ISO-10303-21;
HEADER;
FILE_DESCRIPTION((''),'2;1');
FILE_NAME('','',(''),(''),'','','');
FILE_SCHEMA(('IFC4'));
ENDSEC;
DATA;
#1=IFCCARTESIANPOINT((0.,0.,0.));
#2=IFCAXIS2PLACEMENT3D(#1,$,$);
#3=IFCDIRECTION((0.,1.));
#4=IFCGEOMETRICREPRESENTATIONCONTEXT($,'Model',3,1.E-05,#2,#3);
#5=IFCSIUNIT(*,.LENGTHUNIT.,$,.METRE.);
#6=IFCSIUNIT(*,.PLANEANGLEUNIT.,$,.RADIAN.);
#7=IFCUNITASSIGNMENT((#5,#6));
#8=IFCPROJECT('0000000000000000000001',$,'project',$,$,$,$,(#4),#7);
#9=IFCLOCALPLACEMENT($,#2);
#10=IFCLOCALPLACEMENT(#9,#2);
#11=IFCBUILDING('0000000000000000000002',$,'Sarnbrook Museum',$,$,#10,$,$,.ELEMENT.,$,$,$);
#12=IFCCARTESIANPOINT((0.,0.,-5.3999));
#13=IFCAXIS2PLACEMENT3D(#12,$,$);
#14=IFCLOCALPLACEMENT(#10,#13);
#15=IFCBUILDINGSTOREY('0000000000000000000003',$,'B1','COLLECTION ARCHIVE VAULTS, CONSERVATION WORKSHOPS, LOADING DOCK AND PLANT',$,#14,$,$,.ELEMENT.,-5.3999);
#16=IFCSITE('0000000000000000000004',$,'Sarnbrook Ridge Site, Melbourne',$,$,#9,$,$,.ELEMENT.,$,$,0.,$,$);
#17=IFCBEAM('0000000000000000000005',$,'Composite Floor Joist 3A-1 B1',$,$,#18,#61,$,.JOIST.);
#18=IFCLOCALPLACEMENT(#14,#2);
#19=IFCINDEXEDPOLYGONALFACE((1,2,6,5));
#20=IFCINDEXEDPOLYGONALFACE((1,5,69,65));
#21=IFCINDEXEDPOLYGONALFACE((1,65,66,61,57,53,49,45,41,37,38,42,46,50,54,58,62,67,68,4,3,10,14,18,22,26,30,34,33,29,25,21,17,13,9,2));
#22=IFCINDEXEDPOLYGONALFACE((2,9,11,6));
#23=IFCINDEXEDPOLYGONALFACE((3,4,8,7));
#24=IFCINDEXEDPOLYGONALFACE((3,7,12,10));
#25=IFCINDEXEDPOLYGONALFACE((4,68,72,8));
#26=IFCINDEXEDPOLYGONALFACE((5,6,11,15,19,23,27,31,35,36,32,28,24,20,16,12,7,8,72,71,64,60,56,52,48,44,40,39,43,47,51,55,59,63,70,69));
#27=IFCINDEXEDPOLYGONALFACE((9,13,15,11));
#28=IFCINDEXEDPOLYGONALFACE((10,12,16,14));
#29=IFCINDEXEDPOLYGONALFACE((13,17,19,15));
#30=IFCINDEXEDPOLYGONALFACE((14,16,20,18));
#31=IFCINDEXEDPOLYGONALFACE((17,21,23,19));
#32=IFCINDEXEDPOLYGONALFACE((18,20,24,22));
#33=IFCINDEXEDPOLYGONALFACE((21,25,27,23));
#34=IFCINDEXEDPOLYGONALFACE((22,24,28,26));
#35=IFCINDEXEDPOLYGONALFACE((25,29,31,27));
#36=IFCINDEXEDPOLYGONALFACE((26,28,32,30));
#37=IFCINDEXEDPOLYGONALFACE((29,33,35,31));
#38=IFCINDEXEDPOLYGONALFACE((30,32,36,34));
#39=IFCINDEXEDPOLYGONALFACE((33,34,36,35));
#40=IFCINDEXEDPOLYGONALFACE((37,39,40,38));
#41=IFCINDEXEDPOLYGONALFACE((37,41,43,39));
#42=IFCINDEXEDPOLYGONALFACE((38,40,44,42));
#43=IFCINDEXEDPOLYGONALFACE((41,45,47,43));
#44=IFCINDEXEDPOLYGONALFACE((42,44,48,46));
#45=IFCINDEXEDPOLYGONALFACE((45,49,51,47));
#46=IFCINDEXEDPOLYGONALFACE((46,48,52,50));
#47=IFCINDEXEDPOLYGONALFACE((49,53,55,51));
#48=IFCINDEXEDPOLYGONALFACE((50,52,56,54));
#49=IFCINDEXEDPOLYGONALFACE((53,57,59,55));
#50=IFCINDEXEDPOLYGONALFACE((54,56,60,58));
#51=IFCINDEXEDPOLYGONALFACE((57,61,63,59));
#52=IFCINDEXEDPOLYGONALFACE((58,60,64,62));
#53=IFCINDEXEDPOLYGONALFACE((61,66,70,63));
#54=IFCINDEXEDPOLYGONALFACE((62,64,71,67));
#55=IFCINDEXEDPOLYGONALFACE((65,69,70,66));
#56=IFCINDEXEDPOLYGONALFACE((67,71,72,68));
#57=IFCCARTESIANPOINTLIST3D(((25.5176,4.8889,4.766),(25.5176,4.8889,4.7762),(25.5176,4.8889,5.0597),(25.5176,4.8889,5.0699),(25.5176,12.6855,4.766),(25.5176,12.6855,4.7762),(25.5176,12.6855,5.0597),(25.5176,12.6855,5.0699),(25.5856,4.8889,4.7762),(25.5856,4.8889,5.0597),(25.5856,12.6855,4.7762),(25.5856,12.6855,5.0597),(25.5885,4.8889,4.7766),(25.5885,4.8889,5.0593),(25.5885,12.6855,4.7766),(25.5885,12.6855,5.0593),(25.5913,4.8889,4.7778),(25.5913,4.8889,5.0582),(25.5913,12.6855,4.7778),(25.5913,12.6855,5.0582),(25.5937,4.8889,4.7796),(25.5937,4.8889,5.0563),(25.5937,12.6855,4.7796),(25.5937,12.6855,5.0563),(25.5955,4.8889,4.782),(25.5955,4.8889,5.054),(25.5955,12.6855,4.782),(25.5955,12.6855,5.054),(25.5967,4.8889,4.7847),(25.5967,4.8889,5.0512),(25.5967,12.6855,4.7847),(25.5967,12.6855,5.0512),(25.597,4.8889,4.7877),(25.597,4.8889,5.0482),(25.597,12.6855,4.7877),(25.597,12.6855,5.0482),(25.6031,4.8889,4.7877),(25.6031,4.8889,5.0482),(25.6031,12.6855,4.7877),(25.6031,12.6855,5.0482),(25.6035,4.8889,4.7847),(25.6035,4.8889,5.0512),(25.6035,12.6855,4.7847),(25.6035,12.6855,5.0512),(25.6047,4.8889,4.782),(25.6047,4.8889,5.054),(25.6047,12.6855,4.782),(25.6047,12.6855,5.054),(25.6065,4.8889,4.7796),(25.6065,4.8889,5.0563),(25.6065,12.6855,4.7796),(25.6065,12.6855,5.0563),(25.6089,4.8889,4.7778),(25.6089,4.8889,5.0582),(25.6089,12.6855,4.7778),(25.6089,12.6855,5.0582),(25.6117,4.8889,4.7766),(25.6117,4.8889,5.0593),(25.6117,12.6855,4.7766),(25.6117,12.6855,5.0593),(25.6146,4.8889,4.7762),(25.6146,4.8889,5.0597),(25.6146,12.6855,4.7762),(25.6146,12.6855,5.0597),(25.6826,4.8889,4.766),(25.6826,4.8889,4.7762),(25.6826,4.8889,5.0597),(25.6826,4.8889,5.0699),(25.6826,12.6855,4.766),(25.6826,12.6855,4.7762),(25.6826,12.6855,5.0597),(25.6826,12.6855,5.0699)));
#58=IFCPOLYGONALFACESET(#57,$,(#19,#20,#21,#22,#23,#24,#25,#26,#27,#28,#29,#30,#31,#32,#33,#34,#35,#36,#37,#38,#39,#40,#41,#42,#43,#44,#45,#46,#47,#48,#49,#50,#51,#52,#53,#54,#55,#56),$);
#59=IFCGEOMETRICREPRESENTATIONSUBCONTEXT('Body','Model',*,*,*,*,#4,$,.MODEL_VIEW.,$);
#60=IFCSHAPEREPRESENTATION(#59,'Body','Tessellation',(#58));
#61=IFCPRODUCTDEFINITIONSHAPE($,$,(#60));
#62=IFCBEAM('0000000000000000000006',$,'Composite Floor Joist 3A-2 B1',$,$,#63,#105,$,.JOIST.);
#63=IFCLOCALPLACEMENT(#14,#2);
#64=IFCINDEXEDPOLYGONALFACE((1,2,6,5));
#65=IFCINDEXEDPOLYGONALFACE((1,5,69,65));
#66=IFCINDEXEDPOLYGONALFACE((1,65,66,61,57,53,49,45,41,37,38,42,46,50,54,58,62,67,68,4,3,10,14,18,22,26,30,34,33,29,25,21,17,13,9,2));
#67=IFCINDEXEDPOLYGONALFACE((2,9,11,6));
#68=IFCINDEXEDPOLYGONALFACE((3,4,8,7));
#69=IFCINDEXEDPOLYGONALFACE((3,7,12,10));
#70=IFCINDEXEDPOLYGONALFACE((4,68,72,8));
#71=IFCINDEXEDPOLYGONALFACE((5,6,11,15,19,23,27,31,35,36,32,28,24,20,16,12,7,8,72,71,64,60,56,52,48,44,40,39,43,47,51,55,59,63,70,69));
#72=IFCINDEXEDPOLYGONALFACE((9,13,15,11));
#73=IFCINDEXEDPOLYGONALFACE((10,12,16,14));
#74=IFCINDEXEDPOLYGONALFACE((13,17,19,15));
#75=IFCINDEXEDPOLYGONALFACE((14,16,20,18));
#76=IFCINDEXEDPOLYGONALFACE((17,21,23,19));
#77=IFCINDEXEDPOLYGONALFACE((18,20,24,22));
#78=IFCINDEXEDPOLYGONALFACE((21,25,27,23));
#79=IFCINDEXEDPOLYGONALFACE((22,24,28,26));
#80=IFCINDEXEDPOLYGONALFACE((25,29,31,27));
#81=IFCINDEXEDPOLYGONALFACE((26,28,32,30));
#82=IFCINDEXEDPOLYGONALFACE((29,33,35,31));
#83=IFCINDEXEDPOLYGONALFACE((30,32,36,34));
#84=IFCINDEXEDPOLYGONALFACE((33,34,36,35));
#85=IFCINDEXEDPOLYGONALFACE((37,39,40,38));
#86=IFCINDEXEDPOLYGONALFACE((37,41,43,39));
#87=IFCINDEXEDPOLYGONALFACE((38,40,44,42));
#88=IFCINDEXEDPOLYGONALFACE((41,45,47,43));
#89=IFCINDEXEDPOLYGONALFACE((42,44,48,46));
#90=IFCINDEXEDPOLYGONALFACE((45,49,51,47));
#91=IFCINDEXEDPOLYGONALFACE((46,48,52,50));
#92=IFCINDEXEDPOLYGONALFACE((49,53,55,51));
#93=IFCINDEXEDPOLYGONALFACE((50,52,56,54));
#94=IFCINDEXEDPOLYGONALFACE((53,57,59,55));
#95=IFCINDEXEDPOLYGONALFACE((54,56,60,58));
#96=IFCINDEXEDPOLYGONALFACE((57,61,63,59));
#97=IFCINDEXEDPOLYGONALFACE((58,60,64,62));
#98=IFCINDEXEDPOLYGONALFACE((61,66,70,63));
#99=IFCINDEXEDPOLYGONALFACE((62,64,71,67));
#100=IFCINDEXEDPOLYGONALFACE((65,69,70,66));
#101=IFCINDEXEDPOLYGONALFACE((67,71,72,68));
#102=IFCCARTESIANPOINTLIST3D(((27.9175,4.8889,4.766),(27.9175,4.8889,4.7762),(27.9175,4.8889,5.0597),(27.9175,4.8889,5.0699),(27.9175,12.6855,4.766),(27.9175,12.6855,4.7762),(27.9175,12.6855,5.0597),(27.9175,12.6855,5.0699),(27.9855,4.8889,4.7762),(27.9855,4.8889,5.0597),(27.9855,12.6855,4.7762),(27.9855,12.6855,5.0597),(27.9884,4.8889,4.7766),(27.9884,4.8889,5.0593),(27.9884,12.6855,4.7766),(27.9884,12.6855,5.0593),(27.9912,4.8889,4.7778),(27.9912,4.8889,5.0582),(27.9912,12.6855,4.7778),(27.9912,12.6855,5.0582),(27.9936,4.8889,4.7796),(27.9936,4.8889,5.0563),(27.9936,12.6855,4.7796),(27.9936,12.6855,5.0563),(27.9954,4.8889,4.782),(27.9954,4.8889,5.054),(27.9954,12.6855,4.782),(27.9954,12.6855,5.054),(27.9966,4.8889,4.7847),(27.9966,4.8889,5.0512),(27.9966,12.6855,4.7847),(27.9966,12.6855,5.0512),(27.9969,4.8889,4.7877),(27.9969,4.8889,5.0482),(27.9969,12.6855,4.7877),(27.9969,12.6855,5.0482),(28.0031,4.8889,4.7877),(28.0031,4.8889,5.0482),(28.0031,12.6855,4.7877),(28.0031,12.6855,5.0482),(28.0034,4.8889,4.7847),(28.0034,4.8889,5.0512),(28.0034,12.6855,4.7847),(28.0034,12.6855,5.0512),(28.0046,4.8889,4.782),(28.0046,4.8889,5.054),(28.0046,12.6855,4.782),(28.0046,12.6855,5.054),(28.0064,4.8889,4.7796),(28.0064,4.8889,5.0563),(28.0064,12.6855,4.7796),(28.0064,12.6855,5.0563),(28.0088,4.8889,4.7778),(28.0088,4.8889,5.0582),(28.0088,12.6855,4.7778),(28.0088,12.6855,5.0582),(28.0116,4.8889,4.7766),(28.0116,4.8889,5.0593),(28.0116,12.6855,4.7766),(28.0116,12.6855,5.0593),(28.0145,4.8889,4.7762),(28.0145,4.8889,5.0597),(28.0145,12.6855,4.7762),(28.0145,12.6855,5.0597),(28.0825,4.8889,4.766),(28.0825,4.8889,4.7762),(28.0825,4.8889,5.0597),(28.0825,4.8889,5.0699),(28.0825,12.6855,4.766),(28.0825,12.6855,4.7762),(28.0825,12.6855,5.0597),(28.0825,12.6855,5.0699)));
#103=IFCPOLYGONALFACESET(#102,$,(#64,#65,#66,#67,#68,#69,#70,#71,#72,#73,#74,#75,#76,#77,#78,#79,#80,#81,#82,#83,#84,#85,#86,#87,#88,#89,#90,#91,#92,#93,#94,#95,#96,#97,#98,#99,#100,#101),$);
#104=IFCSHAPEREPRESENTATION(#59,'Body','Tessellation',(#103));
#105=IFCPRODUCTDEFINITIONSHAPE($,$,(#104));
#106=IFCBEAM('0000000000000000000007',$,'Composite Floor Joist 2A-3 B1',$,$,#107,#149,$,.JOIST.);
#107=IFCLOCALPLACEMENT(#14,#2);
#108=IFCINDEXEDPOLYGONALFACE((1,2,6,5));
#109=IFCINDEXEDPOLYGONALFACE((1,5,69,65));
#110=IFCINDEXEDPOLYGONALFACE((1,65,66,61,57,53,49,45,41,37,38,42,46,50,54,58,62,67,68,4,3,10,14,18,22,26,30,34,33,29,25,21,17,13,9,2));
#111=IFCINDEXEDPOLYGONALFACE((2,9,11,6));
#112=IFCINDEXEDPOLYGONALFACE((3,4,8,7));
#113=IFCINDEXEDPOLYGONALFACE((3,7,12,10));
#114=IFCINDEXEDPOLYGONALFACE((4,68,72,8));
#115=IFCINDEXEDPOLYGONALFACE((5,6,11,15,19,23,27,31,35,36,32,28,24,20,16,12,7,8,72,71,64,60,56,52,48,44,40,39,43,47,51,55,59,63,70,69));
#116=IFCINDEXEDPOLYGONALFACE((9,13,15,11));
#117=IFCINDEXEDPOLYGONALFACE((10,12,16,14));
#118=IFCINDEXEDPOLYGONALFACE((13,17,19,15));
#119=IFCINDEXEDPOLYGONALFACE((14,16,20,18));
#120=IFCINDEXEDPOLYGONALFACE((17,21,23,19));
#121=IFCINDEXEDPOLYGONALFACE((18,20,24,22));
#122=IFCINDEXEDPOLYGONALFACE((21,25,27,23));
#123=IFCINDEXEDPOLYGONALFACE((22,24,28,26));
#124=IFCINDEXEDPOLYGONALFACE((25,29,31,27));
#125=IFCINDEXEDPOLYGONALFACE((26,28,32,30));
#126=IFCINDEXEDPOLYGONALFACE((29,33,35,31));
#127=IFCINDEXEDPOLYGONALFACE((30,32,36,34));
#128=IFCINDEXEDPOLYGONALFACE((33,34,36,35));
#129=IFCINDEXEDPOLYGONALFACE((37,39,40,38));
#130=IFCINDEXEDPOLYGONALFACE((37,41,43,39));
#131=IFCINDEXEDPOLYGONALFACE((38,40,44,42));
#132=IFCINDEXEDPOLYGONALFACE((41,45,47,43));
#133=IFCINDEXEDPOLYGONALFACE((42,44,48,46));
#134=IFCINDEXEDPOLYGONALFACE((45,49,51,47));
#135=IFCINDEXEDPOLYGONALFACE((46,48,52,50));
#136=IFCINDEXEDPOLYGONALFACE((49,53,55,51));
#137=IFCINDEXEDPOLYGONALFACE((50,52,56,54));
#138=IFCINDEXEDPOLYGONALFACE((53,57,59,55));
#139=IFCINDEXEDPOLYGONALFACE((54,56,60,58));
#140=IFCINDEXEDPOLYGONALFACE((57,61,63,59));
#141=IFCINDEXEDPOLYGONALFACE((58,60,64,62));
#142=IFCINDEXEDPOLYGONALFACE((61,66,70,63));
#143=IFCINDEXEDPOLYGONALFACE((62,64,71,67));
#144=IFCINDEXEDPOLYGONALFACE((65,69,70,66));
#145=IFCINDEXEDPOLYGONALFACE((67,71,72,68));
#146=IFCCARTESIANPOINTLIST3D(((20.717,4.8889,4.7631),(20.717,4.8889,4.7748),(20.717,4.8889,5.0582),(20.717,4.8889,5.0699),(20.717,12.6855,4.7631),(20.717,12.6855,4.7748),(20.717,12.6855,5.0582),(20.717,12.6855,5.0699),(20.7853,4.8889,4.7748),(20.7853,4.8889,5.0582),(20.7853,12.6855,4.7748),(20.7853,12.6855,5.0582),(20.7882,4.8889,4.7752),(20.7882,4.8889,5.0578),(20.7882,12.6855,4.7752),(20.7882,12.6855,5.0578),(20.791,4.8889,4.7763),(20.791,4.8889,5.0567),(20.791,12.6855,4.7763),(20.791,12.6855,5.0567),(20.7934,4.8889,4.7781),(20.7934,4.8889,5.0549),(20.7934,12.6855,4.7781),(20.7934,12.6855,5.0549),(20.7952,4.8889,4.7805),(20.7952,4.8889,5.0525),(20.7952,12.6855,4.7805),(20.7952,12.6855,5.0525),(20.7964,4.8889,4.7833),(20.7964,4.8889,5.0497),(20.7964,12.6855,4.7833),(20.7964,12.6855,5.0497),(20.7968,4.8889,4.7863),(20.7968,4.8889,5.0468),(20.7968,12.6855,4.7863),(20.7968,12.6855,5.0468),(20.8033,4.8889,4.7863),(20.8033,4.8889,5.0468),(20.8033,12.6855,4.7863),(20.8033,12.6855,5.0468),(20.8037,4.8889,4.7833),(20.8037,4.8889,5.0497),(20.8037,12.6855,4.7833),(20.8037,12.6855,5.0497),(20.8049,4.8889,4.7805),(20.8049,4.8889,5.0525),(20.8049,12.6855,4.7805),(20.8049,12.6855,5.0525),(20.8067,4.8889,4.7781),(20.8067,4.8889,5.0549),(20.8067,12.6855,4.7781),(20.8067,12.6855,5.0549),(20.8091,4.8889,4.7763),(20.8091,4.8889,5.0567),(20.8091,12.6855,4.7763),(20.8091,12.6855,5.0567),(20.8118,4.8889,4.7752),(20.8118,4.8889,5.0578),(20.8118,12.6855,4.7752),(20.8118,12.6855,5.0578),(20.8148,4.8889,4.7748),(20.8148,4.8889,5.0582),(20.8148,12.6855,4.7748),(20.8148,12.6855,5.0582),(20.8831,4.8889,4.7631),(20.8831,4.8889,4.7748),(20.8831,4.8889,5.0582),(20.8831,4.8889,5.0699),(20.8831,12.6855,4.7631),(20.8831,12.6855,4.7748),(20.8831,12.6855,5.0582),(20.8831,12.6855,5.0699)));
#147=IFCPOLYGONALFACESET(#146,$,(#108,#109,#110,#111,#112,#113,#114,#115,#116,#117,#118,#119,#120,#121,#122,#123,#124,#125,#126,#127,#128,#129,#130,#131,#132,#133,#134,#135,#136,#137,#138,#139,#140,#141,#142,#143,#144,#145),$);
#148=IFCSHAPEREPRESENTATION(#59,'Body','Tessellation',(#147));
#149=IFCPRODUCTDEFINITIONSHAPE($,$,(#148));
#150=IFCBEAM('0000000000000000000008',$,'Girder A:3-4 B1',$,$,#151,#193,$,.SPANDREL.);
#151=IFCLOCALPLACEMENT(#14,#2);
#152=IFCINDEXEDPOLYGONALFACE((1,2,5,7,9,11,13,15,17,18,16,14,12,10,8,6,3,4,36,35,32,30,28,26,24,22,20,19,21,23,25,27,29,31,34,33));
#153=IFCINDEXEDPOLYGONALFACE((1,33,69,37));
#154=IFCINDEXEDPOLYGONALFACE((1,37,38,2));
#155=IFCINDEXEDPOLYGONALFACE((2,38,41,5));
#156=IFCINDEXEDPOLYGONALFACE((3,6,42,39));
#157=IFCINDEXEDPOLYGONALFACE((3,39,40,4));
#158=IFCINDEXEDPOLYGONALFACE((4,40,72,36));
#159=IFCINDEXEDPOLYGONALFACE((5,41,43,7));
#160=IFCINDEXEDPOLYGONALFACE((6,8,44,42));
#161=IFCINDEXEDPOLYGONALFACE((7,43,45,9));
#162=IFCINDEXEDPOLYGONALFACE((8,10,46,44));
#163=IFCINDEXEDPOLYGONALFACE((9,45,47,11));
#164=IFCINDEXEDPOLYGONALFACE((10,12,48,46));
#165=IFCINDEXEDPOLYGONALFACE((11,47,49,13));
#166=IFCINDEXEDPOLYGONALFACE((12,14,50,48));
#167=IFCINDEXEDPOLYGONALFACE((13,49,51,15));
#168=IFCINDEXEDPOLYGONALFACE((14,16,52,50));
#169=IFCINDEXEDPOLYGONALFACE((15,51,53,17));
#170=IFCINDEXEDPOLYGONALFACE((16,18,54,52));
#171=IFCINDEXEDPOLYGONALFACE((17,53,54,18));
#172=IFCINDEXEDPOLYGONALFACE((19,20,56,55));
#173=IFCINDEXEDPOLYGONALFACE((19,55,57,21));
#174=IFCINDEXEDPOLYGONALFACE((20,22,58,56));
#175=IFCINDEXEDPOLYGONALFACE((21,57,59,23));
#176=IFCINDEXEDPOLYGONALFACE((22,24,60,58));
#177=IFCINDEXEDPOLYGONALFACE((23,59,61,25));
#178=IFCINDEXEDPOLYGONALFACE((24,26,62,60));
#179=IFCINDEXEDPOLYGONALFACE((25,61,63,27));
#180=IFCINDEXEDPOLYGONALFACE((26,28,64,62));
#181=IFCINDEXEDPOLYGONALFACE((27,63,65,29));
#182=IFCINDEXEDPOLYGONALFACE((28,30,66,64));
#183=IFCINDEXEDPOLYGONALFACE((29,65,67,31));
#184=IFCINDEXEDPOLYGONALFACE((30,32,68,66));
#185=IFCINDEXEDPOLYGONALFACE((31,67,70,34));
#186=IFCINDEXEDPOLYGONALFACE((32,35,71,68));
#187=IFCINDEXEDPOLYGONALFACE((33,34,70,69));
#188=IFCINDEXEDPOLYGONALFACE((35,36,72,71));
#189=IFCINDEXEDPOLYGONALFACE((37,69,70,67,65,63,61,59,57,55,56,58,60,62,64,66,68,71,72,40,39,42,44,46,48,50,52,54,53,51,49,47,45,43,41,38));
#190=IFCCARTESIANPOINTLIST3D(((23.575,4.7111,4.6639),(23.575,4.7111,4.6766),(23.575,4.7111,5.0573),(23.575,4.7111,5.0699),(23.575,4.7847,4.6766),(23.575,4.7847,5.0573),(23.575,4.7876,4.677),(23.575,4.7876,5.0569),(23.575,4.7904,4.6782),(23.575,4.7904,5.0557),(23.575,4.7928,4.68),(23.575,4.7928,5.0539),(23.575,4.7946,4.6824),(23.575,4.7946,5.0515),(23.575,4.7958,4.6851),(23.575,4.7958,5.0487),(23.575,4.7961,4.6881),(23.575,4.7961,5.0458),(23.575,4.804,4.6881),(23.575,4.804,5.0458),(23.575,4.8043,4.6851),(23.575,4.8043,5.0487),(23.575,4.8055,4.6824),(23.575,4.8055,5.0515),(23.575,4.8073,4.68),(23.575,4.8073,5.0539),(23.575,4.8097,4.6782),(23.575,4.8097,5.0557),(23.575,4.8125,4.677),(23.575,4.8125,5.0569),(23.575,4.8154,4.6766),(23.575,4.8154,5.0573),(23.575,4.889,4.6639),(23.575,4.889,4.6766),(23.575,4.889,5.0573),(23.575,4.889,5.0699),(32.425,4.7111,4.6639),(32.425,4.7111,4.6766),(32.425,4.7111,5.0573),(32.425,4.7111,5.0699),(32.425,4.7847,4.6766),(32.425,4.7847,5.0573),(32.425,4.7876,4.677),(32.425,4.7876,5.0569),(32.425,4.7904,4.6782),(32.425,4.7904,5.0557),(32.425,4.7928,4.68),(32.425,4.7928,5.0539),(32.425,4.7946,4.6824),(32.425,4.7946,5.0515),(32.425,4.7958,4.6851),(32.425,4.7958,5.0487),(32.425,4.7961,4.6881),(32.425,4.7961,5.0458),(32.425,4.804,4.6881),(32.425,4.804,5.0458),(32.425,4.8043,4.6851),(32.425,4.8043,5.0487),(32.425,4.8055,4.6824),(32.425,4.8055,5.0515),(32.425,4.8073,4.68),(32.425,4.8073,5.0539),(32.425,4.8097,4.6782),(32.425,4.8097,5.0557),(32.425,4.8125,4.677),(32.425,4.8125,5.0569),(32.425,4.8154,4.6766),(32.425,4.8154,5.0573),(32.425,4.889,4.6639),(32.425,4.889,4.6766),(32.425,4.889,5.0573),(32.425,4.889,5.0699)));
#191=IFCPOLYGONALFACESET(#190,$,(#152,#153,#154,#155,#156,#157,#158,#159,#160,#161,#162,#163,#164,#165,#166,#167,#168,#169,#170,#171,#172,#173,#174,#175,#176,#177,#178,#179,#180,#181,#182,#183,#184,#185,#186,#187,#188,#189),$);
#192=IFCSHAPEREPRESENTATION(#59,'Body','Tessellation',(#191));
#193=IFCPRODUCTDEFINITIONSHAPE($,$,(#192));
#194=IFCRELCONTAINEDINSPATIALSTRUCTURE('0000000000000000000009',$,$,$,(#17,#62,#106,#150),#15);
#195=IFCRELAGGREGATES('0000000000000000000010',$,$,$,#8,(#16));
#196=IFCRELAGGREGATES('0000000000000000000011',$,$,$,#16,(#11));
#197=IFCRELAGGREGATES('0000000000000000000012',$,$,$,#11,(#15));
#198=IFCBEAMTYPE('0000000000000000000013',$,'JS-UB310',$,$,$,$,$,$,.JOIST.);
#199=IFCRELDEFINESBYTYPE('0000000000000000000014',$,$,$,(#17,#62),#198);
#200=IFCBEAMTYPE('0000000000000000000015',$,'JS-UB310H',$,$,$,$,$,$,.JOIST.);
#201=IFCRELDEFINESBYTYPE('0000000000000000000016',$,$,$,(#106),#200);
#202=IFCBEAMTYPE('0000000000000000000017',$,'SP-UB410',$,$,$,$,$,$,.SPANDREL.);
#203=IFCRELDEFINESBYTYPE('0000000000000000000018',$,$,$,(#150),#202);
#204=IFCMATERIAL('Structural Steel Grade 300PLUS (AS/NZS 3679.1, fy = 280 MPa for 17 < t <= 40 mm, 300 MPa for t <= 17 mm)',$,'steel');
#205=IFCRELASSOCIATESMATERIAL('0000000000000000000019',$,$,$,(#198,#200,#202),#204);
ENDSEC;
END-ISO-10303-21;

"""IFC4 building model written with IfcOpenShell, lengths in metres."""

from ifc_helpers import new_model, si_unit, direction, frame, origin, origin_2d, place, context, subcontext, project, spatial, i_section, extrude, material, material_profile, profile_set, type_object, element, save


model = new_model("IFC4")

# Units and contexts
model_context = context("Model", 3, precision=1e-05, world=origin(), true_north=direction((0.0, 1.0)))
body_context = subcontext(model_context, "Body", "Model", "MODEL_VIEW")
ifc_project = project(units=[si_unit("LENGTHUNIT", "METRE"), si_unit("PLANEANGLEUNIT", "RADIAN")], contexts=[model_context])

# Site, building, storey
site_placement = place(None, origin())
site = spatial("IfcSite", under=ifc_project, at=site_placement, Name="Sarnbrook Ridge Site, Melbourne", CompositionType="ELEMENT", RefElevation=0.0)
building_placement = place(site_placement, origin())
building = spatial("IfcBuilding", under=site, at=building_placement, Name="Sarnbrook Museum", CompositionType="ELEMENT")
storey_placement = place(building_placement, frame((0.0, 0.0, -5.3999)))
storey = spatial("IfcBuildingStorey", under=building, at=storey_placement, Name="B1", Description="COLLECTION ARCHIVE VAULTS, CONSERVATION WORKSHOPS, LOADING DOCK AND PLANT", CompositionType="ELEMENT", Elevation=-5.3999)

# Beams
ifc_material_1 = material(Name="Structural Steel Grade 300PLUS (AS/NZS 3679.1, fy = 280 MPa for 17 < t <= 40 mm, 300 MPa for t <= 17 mm)", Category="steel")
ifc_material_profile_1 = material_profile(ifc_material_1, i_section(OverallWidth=0.165, OverallDepth=0.304, WebThickness=0.0061, FlangeThickness=0.0103, FilletRadius=0.0115, at=origin_2d()), Name="310UB40.4")
ifc_profile_set_1 = profile_set([ifc_material_profile_1], Name="Structural Steel Grade 300PLUS (AS/NZS 3679.1, fy = 280 MPa for 17 < t <= 40 mm, 300 MPa for t <= 17 mm)")
beam_type_1 = type_object("IfcBeamType", Name="JS-UB310", PredefinedType="JOIST", material=ifc_profile_set_1)
for number, where, z_axis, x_axis, name in (
    (1, (25.6001, 4.8889, 4.918), (0.0, 1.0, 0.0), (-1.0, 0.0, 0.0), "Composite Floor Joist 3A-1 B1"),
    (2, (28.0, 4.8889, 4.918), (0.0, 1.0, 0.0), (-1.0, 0.0, 0.0), "Composite Floor Joist 3A-2 B1"),
):
    element("IfcBeam", number, at=place(storey_placement, frame(where, z_axis=z_axis, x_axis=x_axis)), inside=storey, type_object=beam_type_1, Name=name, PredefinedType="JOIST", context=body_context, shape_type="SweptSolid", body=[
        extrude(i_section(OverallWidth=0.165, OverallDepth=0.304, WebThickness=0.0061, FlangeThickness=0.0103, FilletRadius=0.0115, at=origin_2d()), origin(), (0.0, 0.0, 1.0), 7.7966),
    ])
ifc_material_profile_2 = material_profile(ifc_material_1, i_section(OverallWidth=0.166, OverallDepth=0.3069, WebThickness=0.0066, FlangeThickness=0.0117, FilletRadius=0.0115, at=origin_2d()), Name="310UB46.2")
ifc_profile_set_2 = profile_set([ifc_material_profile_2], Name="Structural Steel Grade 300PLUS (AS/NZS 3679.1, fy = 280 MPa for 17 < t <= 40 mm, 300 MPa for t <= 17 mm)")
beam_type_2 = type_object("IfcBeamType", Name="JS-UB310H", PredefinedType="JOIST", material=ifc_profile_set_2)
beam_1_placement = place(storey_placement, frame((20.8, 4.8889, 4.9165), z_axis=(0.0, 1.0, 0.0), x_axis=(-1.0, 0.0, 0.0)))
element("IfcBeam", 3, at=beam_1_placement, inside=storey, type_object=beam_type_2, Name="Composite Floor Joist 2A-3 B1", PredefinedType="JOIST", context=body_context, shape_type="SweptSolid", body=[
    extrude(i_section(OverallWidth=0.166, OverallDepth=0.3069, WebThickness=0.0066, FlangeThickness=0.0117, FilletRadius=0.0115, at=origin_2d()), origin(), (0.0, 0.0, 1.0), 7.7966),
])
ifc_material_profile_3 = material_profile(ifc_material_1, i_section(OverallWidth=0.178, OverallDepth=0.406, WebThickness=0.0078, FlangeThickness=0.0127, FilletRadius=0.0115, at=origin_2d()), Name="410UB59.7")
ifc_profile_set_3 = profile_set([ifc_material_profile_3], Name="Structural Steel Grade 300PLUS (AS/NZS 3679.1, fy = 280 MPa for 17 < t <= 40 mm, 300 MPa for t <= 17 mm)")
beam_type_3 = type_object("IfcBeamType", Name="SP-UB410", PredefinedType="SPANDREL", material=ifc_profile_set_3)
beam_2_placement = place(storey_placement, frame((23.575, 4.8, 4.8669), z_axis=(1.0, 0.0, 0.0), x_axis=(0.0, 1.0, 0.0)))
element("IfcBeam", 4, at=beam_2_placement, inside=storey, type_object=beam_type_3, Name="Girder A:3-4 B1", PredefinedType="SPANDREL", context=body_context, shape_type="SweptSolid", body=[
    extrude(i_section(OverallWidth=0.178, OverallDepth=0.406, WebThickness=0.0078, FlangeThickness=0.0127, FilletRadius=0.0115, at=origin_2d()), origin(), (0.0, 0.0, 1.0), 8.8501),
])

save(model, "model.ifc")
